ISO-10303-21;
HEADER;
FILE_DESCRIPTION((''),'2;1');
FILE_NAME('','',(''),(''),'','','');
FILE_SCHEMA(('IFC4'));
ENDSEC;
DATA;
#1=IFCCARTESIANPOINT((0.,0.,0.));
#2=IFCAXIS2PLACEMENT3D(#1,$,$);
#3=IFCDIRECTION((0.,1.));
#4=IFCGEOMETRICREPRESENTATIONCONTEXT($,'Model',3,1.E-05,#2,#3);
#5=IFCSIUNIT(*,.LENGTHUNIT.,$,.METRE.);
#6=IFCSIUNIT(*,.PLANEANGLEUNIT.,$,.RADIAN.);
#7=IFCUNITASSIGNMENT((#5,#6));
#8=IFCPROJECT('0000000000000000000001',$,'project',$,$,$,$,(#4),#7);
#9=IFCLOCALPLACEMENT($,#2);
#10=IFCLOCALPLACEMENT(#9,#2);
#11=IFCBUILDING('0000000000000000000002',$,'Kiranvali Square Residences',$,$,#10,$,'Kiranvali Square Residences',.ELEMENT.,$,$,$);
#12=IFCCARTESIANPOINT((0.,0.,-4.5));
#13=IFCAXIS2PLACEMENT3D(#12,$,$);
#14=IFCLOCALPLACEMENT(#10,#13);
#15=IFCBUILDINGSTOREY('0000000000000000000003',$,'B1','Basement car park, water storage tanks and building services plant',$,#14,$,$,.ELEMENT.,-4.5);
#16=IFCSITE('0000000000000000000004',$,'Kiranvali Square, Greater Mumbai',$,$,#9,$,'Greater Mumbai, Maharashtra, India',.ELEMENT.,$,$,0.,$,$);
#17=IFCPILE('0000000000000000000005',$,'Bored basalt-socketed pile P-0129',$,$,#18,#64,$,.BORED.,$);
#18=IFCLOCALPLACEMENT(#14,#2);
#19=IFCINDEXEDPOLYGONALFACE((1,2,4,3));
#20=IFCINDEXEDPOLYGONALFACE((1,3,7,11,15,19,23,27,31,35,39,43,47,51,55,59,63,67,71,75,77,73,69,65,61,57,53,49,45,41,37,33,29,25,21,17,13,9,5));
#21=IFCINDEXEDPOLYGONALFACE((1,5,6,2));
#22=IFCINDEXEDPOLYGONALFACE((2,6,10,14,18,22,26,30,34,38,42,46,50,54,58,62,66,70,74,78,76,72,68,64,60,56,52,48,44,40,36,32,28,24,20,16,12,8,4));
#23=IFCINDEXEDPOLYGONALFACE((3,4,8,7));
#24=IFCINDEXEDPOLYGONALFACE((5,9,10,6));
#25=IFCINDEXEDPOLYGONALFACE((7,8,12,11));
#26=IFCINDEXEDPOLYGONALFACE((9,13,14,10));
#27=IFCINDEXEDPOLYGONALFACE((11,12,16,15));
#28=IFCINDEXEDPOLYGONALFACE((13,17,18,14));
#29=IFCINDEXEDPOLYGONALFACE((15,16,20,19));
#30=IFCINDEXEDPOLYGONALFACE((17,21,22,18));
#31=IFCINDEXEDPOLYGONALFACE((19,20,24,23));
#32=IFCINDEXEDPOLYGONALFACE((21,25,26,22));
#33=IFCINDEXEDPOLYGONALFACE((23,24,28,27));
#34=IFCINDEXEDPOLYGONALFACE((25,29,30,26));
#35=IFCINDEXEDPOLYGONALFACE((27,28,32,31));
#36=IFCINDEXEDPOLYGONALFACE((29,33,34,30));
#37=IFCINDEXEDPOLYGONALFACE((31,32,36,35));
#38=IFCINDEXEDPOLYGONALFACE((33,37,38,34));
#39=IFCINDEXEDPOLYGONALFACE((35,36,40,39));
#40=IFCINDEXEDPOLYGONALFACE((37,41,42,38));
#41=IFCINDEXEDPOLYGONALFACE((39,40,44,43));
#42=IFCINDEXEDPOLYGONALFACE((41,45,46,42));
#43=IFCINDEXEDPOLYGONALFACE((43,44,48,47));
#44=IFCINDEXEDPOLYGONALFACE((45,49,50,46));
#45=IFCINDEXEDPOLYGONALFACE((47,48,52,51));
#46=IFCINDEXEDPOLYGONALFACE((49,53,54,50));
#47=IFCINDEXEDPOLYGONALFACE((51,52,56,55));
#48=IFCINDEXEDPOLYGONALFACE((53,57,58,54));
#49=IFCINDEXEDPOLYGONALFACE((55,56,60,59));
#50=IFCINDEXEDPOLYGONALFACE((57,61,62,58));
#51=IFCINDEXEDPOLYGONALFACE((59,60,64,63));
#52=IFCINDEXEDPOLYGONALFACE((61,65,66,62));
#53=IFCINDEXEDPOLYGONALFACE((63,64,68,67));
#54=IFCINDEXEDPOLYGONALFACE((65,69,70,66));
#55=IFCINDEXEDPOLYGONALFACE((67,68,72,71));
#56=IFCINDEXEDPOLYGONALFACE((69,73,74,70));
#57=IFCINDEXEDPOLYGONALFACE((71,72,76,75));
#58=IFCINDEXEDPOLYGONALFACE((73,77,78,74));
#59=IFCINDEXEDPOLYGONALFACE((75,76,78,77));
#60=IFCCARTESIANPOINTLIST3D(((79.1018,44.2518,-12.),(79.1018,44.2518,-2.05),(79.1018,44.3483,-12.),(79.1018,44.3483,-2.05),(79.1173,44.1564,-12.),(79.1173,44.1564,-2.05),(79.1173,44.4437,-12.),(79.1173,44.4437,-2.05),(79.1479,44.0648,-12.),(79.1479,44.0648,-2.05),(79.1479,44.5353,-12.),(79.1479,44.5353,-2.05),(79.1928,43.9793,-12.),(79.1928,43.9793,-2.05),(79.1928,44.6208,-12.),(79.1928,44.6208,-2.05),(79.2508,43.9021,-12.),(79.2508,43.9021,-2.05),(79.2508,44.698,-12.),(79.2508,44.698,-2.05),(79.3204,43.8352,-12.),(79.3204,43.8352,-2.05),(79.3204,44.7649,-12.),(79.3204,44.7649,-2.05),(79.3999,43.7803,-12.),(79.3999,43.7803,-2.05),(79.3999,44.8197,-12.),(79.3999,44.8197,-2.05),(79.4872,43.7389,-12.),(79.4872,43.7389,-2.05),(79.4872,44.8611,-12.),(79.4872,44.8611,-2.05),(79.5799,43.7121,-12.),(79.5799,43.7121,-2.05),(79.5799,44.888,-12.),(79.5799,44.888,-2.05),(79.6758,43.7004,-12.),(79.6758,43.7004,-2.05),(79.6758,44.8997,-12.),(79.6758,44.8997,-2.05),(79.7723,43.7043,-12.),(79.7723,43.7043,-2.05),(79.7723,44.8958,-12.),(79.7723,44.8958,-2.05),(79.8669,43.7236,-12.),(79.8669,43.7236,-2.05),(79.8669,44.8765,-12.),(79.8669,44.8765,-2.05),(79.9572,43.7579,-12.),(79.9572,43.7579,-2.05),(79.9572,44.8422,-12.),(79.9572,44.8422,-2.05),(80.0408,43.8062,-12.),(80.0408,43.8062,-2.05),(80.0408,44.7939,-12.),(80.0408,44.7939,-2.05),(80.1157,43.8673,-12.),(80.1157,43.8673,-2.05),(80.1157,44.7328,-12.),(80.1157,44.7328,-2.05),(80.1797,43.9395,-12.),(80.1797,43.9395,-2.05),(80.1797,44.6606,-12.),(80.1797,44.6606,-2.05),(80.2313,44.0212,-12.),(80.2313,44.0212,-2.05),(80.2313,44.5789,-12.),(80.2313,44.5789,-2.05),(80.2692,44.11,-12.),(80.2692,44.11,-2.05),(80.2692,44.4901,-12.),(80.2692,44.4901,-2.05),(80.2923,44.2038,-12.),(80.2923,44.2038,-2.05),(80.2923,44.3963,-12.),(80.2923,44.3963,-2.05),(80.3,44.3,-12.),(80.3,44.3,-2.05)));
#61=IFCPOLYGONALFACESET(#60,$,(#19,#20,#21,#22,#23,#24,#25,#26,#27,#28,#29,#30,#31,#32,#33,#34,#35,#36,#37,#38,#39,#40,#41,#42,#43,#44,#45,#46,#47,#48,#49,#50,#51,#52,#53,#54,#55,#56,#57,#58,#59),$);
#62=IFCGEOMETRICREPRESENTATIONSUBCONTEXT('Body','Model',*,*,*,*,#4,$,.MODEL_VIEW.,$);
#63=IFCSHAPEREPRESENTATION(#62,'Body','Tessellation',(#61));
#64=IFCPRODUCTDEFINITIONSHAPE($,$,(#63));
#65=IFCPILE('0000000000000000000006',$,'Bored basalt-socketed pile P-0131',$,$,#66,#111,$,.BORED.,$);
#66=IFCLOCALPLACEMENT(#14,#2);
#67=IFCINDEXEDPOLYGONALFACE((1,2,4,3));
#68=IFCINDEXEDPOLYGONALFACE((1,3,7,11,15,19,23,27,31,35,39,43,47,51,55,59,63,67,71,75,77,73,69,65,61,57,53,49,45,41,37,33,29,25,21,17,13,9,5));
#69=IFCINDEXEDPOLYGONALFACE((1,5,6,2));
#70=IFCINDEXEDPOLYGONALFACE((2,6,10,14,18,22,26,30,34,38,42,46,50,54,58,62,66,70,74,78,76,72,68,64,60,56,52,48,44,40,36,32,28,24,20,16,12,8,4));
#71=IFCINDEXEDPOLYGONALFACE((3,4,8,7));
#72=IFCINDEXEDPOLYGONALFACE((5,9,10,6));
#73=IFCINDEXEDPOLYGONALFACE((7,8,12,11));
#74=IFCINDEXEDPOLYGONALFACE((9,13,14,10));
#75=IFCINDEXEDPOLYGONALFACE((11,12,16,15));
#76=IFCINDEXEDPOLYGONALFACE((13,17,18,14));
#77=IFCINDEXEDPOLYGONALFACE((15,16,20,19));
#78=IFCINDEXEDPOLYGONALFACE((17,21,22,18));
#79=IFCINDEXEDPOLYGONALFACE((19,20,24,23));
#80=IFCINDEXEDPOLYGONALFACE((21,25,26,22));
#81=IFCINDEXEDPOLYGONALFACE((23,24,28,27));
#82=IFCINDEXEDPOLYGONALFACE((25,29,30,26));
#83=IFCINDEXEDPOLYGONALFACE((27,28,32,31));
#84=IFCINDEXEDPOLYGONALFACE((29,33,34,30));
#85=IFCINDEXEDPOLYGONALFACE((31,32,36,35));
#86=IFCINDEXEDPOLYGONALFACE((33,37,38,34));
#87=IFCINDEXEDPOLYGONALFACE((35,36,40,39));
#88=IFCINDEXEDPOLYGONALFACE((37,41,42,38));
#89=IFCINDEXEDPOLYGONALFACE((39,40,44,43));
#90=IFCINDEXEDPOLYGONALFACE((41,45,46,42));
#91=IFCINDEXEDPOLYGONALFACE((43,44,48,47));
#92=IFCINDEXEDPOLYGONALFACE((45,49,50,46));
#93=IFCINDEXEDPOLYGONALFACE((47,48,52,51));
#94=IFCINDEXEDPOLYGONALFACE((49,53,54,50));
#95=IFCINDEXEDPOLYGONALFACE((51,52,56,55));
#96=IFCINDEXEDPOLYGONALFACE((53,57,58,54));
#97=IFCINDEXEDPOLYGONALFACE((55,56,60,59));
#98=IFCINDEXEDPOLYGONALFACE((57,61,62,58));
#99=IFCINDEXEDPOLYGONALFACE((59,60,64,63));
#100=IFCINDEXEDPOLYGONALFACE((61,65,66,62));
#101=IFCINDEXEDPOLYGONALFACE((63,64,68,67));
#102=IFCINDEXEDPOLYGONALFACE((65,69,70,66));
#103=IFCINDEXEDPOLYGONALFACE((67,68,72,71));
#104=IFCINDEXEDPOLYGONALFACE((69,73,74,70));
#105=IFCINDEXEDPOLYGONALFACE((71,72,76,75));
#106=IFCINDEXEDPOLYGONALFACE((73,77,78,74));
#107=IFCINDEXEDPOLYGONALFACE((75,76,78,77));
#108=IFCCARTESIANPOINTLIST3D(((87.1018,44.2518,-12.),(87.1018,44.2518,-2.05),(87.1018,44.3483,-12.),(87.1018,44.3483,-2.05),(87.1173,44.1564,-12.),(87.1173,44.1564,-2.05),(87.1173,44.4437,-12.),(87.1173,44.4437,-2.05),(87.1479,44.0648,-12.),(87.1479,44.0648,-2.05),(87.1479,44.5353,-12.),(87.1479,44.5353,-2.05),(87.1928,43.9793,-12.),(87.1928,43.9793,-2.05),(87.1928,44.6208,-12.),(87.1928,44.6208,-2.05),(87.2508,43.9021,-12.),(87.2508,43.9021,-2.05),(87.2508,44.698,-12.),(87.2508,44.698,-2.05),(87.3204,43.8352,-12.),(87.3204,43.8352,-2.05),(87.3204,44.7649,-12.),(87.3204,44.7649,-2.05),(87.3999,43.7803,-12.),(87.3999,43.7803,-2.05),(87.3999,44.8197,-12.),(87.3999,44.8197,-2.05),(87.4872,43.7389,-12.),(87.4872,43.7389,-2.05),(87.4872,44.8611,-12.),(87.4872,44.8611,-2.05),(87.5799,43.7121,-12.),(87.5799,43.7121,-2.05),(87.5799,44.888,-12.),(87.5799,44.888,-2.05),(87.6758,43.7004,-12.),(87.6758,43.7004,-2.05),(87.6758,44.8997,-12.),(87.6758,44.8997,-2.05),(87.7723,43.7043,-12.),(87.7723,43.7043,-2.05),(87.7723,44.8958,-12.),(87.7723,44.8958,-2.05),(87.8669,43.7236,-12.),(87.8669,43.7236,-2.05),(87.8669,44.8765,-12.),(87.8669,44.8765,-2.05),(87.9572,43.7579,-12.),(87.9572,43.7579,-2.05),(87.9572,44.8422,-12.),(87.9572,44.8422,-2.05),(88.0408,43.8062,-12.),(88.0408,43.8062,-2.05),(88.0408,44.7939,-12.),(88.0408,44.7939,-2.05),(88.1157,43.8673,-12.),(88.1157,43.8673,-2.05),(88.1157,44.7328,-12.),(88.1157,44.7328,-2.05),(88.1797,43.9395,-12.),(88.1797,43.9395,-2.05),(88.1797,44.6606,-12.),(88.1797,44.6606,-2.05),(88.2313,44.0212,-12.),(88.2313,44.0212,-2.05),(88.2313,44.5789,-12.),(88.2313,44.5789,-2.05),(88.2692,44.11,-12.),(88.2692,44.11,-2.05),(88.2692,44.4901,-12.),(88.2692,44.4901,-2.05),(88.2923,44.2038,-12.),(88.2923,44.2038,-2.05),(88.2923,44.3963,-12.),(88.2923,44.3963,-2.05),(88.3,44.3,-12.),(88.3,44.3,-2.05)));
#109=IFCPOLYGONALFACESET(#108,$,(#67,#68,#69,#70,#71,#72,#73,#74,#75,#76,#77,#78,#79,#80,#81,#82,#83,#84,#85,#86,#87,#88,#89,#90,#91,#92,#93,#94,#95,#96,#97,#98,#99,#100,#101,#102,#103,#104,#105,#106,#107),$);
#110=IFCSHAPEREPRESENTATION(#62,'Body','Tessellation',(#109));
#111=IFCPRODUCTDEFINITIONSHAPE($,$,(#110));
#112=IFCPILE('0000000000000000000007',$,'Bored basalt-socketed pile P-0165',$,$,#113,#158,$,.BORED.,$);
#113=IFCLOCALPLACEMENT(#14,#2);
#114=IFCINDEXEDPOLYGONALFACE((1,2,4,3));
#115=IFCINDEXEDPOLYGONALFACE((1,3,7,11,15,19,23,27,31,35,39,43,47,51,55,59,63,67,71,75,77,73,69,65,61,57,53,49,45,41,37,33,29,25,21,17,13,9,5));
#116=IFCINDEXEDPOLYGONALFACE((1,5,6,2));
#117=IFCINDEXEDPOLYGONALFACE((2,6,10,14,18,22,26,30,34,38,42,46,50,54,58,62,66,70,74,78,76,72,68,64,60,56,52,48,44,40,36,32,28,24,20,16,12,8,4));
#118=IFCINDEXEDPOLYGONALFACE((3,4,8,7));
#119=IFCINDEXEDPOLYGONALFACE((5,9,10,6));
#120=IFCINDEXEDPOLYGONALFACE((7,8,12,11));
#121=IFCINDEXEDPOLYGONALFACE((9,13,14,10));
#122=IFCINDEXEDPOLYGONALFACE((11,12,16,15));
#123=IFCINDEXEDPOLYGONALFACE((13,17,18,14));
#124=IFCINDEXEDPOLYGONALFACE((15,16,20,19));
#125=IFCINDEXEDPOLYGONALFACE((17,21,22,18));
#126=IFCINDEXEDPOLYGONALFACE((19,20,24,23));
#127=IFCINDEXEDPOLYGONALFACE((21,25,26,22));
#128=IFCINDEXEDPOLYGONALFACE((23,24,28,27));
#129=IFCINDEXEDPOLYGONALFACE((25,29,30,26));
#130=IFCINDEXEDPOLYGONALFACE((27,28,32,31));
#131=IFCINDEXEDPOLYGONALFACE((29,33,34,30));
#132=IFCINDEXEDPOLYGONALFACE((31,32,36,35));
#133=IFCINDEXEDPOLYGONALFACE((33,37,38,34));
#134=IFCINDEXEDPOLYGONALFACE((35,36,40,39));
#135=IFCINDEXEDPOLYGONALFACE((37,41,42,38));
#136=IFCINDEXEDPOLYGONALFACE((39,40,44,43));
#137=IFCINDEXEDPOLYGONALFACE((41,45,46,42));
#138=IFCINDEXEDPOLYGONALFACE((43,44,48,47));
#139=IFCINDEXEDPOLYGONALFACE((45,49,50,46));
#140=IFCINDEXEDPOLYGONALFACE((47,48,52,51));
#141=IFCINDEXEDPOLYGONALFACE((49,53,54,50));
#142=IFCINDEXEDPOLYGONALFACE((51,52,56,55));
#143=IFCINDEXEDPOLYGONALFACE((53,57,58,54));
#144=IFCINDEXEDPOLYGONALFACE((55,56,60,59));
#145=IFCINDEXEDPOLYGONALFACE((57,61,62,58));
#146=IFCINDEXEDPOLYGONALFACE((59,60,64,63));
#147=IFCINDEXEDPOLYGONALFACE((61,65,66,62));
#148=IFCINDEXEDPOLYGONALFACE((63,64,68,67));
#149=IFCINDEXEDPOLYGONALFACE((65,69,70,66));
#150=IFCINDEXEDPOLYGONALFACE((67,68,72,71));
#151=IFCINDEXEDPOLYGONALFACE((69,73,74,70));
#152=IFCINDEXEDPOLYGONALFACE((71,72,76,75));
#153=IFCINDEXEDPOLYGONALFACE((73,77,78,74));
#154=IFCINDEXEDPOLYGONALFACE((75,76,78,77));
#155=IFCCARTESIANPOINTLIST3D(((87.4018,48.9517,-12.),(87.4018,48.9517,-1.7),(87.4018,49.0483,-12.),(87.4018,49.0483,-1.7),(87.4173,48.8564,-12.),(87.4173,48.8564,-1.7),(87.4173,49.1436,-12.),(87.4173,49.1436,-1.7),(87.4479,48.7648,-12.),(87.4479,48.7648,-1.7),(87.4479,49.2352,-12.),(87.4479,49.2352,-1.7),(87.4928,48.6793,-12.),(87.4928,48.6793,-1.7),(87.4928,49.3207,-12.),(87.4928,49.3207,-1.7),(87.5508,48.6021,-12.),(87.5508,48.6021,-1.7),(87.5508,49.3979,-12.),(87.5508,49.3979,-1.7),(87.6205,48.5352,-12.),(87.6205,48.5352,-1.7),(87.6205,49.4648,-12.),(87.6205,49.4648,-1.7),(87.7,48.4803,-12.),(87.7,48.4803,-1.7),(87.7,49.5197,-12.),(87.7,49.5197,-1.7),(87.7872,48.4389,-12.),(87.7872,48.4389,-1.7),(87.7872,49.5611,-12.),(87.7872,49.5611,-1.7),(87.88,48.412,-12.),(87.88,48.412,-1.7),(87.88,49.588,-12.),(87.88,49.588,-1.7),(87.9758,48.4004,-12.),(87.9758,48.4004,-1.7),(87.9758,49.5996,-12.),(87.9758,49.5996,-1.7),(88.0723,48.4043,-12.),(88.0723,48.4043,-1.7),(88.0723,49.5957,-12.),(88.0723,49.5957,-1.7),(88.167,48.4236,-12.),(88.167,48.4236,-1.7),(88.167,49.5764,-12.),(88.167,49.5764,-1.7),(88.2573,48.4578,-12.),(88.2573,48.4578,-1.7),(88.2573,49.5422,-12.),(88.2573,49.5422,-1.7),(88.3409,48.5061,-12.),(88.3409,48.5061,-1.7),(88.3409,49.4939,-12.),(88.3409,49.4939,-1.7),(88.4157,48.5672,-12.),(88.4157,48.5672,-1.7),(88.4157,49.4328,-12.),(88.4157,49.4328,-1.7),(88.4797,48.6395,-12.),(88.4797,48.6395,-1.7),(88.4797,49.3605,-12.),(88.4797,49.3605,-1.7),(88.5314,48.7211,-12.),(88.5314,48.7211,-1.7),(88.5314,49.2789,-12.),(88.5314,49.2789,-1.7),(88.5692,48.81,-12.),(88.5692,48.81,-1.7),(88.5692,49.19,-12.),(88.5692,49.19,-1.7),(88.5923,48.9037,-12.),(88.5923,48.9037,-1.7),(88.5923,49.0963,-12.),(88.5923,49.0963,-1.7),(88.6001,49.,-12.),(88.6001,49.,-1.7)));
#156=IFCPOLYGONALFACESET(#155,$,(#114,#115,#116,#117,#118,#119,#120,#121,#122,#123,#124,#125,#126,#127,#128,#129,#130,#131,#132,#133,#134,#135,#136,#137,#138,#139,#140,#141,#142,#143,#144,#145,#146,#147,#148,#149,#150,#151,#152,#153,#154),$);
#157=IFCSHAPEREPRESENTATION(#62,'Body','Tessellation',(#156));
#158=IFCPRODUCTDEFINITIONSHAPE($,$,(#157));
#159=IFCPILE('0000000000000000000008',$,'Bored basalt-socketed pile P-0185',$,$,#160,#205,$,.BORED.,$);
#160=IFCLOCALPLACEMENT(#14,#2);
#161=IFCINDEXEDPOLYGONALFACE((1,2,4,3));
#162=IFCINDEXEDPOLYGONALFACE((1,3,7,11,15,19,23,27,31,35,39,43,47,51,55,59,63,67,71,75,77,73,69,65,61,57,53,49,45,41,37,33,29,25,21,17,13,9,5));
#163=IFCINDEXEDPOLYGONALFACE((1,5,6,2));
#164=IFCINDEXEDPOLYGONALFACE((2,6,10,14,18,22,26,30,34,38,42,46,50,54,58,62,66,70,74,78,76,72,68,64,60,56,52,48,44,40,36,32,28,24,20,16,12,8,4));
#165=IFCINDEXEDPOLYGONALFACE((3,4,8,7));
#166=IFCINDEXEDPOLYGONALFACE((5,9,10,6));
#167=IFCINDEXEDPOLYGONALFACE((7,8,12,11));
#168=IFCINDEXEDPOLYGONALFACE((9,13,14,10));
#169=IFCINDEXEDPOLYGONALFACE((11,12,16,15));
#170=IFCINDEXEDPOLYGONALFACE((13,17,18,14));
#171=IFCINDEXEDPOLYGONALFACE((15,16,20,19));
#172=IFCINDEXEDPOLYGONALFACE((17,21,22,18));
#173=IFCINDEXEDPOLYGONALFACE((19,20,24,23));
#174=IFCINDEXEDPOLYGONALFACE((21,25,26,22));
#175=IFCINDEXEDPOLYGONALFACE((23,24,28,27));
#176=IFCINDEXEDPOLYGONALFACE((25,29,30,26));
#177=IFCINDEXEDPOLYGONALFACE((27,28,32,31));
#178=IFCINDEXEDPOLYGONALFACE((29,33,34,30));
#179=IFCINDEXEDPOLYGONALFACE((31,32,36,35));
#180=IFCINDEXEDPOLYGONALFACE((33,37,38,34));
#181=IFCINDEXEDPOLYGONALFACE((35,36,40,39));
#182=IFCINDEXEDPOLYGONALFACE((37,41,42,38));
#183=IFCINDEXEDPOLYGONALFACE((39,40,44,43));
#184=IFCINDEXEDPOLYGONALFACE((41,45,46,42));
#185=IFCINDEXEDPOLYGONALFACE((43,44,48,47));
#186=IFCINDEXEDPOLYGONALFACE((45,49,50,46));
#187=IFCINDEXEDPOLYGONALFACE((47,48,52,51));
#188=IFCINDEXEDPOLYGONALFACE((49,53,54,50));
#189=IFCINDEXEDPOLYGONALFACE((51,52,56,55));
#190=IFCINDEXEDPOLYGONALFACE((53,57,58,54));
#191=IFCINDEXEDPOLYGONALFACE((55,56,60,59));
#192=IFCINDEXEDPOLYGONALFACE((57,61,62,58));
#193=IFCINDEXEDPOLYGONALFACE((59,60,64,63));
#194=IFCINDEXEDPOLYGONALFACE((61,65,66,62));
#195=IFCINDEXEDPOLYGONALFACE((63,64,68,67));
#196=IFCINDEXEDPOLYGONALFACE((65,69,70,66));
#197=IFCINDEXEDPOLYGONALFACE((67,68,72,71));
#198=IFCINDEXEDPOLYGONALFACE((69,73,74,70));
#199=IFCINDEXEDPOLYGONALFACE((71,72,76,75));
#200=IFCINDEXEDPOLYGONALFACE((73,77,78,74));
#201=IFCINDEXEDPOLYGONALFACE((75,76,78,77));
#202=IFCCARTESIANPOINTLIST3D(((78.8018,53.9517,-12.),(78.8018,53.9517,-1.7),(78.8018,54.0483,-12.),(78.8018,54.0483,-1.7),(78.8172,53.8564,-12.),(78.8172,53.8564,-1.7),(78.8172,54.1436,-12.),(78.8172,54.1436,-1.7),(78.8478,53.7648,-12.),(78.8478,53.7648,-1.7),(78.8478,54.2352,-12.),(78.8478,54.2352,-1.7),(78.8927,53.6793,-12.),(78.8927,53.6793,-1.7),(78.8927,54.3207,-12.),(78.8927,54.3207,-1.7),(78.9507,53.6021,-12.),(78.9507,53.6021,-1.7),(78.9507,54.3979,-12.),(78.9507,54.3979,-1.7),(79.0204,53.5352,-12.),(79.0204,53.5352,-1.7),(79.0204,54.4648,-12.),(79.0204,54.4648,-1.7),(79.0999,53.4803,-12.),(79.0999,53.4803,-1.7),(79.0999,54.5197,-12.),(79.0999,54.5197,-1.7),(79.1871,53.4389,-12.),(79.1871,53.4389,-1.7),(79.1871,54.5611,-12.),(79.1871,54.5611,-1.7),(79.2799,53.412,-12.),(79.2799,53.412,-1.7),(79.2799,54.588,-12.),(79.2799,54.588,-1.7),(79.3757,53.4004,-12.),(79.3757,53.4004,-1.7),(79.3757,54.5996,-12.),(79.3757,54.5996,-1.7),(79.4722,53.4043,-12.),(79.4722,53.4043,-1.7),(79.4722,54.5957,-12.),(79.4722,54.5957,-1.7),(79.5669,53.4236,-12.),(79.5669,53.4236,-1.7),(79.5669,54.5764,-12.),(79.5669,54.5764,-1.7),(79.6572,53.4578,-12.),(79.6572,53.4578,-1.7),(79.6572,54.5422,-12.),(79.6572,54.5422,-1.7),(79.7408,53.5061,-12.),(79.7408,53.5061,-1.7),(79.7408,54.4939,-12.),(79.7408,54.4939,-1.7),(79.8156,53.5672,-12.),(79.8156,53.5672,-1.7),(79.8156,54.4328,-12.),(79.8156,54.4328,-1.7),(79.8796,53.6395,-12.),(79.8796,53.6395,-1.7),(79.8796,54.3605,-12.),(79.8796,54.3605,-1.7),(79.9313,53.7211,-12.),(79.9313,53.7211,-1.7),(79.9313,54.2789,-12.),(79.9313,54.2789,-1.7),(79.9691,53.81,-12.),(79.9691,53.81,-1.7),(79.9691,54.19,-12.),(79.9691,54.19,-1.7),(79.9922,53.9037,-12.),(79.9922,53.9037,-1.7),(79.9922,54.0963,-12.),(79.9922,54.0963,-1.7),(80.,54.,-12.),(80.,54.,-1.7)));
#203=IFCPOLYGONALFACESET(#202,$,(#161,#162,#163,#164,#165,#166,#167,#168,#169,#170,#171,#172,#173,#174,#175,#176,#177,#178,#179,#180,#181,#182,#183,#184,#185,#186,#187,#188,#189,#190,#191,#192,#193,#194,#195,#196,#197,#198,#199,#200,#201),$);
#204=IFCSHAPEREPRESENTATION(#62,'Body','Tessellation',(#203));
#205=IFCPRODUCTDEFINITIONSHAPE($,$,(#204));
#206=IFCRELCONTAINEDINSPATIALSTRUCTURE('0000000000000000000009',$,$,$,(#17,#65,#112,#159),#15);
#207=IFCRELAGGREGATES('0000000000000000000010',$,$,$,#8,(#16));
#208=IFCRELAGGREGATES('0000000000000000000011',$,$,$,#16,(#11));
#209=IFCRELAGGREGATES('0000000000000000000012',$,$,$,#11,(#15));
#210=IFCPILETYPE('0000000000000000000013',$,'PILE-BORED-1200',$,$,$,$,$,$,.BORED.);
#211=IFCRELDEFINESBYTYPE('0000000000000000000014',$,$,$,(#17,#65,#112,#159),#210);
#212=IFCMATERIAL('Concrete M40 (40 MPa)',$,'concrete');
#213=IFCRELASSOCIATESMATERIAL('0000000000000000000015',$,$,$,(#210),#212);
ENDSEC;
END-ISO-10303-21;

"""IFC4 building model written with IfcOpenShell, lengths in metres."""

from ifc_helpers import new_model, si_unit, direction, frame, origin, origin_2d, place, context, subcontext, project, spatial, circle, extrude, material, material_profile, profile_set, type_object, element, save


model = new_model("IFC4")

# Units and contexts
model_context = context("Model", 3, precision=1e-05, world=origin(), true_north=direction((0.0, 1.0)))
body_context = subcontext(model_context, "Body", "Model", "MODEL_VIEW")
ifc_project = project(units=[si_unit("LENGTHUNIT", "METRE"), si_unit("PLANEANGLEUNIT", "RADIAN")], contexts=[model_context])

# Site, building, storey
site_placement = place(None, origin())
site = spatial("IfcSite", under=ifc_project, at=site_placement, Name="Kiranvali Square, Greater Mumbai", LongName="Greater Mumbai, Maharashtra, India", CompositionType="ELEMENT", RefElevation=0.0)
building_placement = place(site_placement, origin())
building = spatial("IfcBuilding", under=site, at=building_placement, Name="Kiranvali Square Residences", LongName="Kiranvali Square Residences", CompositionType="ELEMENT")
storey_placement = place(building_placement, frame((0.0, 0.0, -4.5)))
storey = spatial("IfcBuildingStorey", under=building, at=storey_placement, Name="B1", Description="Basement car park, water storage tanks and building services plant", CompositionType="ELEMENT", Elevation=-4.5)

# Shared definitions
ifc_material_1 = material(Name="Concrete M40 (40 MPa)", Category="concrete")

# Piles
ifc_material_profile_1 = material_profile(ifc_material_1, circle(Radius=0.6001, at=origin_2d()), Name="BORED PILE 1200")
ifc_profile_set_1 = profile_set([ifc_material_profile_1], Name="Concrete M40 (40 MPa)")
pile_type_1 = type_object("IfcPileType", Name="PILE-BORED-1200", PredefinedType="BORED", material=ifc_profile_set_1)
for number, where, z_axis, x_axis, name in (
    (1, (79.7, 44.3, -2.05), (0.0, 0.0, -1.0), (1.0, 0.0, 0.0), "Bored basalt-socketed pile P-0129"),
    (2, (87.7, 44.3, -2.05), (0.0, 0.0, -1.0), (1.0, 0.0, 0.0), "Bored basalt-socketed pile P-0131"),
):
    element("IfcPile", number, at=place(storey_placement, frame(where, z_axis=z_axis, x_axis=x_axis)), inside=storey, type_object=pile_type_1, Name=name, PredefinedType="BORED", context=body_context, shape_type="SweptSolid", body=[
        extrude(circle(Radius=0.6001, at=origin_2d()), origin(), (0.0, 0.0, 1.0), 9.95),
    ])
for number, where, z_axis, x_axis, name in (
    (3, (88.0, 49.0, -1.7), (0.0, 0.0, -1.0), (1.0, 0.0, 0.0), "Bored basalt-socketed pile P-0165"),
    (4, (79.3999, 54.0, -1.7), (0.0, 0.0, -1.0), (1.0, 0.0, 0.0), "Bored basalt-socketed pile P-0185"),
):
    element("IfcPile", number, at=place(storey_placement, frame(where, z_axis=z_axis, x_axis=x_axis)), inside=storey, type_object=pile_type_1, Name=name, PredefinedType="BORED", context=body_context, shape_type="SweptSolid", body=[
        extrude(circle(Radius=0.6001, at=origin_2d()), origin(), (0.0, 0.0, 1.0), 10.3),
    ])

save(model, "model.ifc")
